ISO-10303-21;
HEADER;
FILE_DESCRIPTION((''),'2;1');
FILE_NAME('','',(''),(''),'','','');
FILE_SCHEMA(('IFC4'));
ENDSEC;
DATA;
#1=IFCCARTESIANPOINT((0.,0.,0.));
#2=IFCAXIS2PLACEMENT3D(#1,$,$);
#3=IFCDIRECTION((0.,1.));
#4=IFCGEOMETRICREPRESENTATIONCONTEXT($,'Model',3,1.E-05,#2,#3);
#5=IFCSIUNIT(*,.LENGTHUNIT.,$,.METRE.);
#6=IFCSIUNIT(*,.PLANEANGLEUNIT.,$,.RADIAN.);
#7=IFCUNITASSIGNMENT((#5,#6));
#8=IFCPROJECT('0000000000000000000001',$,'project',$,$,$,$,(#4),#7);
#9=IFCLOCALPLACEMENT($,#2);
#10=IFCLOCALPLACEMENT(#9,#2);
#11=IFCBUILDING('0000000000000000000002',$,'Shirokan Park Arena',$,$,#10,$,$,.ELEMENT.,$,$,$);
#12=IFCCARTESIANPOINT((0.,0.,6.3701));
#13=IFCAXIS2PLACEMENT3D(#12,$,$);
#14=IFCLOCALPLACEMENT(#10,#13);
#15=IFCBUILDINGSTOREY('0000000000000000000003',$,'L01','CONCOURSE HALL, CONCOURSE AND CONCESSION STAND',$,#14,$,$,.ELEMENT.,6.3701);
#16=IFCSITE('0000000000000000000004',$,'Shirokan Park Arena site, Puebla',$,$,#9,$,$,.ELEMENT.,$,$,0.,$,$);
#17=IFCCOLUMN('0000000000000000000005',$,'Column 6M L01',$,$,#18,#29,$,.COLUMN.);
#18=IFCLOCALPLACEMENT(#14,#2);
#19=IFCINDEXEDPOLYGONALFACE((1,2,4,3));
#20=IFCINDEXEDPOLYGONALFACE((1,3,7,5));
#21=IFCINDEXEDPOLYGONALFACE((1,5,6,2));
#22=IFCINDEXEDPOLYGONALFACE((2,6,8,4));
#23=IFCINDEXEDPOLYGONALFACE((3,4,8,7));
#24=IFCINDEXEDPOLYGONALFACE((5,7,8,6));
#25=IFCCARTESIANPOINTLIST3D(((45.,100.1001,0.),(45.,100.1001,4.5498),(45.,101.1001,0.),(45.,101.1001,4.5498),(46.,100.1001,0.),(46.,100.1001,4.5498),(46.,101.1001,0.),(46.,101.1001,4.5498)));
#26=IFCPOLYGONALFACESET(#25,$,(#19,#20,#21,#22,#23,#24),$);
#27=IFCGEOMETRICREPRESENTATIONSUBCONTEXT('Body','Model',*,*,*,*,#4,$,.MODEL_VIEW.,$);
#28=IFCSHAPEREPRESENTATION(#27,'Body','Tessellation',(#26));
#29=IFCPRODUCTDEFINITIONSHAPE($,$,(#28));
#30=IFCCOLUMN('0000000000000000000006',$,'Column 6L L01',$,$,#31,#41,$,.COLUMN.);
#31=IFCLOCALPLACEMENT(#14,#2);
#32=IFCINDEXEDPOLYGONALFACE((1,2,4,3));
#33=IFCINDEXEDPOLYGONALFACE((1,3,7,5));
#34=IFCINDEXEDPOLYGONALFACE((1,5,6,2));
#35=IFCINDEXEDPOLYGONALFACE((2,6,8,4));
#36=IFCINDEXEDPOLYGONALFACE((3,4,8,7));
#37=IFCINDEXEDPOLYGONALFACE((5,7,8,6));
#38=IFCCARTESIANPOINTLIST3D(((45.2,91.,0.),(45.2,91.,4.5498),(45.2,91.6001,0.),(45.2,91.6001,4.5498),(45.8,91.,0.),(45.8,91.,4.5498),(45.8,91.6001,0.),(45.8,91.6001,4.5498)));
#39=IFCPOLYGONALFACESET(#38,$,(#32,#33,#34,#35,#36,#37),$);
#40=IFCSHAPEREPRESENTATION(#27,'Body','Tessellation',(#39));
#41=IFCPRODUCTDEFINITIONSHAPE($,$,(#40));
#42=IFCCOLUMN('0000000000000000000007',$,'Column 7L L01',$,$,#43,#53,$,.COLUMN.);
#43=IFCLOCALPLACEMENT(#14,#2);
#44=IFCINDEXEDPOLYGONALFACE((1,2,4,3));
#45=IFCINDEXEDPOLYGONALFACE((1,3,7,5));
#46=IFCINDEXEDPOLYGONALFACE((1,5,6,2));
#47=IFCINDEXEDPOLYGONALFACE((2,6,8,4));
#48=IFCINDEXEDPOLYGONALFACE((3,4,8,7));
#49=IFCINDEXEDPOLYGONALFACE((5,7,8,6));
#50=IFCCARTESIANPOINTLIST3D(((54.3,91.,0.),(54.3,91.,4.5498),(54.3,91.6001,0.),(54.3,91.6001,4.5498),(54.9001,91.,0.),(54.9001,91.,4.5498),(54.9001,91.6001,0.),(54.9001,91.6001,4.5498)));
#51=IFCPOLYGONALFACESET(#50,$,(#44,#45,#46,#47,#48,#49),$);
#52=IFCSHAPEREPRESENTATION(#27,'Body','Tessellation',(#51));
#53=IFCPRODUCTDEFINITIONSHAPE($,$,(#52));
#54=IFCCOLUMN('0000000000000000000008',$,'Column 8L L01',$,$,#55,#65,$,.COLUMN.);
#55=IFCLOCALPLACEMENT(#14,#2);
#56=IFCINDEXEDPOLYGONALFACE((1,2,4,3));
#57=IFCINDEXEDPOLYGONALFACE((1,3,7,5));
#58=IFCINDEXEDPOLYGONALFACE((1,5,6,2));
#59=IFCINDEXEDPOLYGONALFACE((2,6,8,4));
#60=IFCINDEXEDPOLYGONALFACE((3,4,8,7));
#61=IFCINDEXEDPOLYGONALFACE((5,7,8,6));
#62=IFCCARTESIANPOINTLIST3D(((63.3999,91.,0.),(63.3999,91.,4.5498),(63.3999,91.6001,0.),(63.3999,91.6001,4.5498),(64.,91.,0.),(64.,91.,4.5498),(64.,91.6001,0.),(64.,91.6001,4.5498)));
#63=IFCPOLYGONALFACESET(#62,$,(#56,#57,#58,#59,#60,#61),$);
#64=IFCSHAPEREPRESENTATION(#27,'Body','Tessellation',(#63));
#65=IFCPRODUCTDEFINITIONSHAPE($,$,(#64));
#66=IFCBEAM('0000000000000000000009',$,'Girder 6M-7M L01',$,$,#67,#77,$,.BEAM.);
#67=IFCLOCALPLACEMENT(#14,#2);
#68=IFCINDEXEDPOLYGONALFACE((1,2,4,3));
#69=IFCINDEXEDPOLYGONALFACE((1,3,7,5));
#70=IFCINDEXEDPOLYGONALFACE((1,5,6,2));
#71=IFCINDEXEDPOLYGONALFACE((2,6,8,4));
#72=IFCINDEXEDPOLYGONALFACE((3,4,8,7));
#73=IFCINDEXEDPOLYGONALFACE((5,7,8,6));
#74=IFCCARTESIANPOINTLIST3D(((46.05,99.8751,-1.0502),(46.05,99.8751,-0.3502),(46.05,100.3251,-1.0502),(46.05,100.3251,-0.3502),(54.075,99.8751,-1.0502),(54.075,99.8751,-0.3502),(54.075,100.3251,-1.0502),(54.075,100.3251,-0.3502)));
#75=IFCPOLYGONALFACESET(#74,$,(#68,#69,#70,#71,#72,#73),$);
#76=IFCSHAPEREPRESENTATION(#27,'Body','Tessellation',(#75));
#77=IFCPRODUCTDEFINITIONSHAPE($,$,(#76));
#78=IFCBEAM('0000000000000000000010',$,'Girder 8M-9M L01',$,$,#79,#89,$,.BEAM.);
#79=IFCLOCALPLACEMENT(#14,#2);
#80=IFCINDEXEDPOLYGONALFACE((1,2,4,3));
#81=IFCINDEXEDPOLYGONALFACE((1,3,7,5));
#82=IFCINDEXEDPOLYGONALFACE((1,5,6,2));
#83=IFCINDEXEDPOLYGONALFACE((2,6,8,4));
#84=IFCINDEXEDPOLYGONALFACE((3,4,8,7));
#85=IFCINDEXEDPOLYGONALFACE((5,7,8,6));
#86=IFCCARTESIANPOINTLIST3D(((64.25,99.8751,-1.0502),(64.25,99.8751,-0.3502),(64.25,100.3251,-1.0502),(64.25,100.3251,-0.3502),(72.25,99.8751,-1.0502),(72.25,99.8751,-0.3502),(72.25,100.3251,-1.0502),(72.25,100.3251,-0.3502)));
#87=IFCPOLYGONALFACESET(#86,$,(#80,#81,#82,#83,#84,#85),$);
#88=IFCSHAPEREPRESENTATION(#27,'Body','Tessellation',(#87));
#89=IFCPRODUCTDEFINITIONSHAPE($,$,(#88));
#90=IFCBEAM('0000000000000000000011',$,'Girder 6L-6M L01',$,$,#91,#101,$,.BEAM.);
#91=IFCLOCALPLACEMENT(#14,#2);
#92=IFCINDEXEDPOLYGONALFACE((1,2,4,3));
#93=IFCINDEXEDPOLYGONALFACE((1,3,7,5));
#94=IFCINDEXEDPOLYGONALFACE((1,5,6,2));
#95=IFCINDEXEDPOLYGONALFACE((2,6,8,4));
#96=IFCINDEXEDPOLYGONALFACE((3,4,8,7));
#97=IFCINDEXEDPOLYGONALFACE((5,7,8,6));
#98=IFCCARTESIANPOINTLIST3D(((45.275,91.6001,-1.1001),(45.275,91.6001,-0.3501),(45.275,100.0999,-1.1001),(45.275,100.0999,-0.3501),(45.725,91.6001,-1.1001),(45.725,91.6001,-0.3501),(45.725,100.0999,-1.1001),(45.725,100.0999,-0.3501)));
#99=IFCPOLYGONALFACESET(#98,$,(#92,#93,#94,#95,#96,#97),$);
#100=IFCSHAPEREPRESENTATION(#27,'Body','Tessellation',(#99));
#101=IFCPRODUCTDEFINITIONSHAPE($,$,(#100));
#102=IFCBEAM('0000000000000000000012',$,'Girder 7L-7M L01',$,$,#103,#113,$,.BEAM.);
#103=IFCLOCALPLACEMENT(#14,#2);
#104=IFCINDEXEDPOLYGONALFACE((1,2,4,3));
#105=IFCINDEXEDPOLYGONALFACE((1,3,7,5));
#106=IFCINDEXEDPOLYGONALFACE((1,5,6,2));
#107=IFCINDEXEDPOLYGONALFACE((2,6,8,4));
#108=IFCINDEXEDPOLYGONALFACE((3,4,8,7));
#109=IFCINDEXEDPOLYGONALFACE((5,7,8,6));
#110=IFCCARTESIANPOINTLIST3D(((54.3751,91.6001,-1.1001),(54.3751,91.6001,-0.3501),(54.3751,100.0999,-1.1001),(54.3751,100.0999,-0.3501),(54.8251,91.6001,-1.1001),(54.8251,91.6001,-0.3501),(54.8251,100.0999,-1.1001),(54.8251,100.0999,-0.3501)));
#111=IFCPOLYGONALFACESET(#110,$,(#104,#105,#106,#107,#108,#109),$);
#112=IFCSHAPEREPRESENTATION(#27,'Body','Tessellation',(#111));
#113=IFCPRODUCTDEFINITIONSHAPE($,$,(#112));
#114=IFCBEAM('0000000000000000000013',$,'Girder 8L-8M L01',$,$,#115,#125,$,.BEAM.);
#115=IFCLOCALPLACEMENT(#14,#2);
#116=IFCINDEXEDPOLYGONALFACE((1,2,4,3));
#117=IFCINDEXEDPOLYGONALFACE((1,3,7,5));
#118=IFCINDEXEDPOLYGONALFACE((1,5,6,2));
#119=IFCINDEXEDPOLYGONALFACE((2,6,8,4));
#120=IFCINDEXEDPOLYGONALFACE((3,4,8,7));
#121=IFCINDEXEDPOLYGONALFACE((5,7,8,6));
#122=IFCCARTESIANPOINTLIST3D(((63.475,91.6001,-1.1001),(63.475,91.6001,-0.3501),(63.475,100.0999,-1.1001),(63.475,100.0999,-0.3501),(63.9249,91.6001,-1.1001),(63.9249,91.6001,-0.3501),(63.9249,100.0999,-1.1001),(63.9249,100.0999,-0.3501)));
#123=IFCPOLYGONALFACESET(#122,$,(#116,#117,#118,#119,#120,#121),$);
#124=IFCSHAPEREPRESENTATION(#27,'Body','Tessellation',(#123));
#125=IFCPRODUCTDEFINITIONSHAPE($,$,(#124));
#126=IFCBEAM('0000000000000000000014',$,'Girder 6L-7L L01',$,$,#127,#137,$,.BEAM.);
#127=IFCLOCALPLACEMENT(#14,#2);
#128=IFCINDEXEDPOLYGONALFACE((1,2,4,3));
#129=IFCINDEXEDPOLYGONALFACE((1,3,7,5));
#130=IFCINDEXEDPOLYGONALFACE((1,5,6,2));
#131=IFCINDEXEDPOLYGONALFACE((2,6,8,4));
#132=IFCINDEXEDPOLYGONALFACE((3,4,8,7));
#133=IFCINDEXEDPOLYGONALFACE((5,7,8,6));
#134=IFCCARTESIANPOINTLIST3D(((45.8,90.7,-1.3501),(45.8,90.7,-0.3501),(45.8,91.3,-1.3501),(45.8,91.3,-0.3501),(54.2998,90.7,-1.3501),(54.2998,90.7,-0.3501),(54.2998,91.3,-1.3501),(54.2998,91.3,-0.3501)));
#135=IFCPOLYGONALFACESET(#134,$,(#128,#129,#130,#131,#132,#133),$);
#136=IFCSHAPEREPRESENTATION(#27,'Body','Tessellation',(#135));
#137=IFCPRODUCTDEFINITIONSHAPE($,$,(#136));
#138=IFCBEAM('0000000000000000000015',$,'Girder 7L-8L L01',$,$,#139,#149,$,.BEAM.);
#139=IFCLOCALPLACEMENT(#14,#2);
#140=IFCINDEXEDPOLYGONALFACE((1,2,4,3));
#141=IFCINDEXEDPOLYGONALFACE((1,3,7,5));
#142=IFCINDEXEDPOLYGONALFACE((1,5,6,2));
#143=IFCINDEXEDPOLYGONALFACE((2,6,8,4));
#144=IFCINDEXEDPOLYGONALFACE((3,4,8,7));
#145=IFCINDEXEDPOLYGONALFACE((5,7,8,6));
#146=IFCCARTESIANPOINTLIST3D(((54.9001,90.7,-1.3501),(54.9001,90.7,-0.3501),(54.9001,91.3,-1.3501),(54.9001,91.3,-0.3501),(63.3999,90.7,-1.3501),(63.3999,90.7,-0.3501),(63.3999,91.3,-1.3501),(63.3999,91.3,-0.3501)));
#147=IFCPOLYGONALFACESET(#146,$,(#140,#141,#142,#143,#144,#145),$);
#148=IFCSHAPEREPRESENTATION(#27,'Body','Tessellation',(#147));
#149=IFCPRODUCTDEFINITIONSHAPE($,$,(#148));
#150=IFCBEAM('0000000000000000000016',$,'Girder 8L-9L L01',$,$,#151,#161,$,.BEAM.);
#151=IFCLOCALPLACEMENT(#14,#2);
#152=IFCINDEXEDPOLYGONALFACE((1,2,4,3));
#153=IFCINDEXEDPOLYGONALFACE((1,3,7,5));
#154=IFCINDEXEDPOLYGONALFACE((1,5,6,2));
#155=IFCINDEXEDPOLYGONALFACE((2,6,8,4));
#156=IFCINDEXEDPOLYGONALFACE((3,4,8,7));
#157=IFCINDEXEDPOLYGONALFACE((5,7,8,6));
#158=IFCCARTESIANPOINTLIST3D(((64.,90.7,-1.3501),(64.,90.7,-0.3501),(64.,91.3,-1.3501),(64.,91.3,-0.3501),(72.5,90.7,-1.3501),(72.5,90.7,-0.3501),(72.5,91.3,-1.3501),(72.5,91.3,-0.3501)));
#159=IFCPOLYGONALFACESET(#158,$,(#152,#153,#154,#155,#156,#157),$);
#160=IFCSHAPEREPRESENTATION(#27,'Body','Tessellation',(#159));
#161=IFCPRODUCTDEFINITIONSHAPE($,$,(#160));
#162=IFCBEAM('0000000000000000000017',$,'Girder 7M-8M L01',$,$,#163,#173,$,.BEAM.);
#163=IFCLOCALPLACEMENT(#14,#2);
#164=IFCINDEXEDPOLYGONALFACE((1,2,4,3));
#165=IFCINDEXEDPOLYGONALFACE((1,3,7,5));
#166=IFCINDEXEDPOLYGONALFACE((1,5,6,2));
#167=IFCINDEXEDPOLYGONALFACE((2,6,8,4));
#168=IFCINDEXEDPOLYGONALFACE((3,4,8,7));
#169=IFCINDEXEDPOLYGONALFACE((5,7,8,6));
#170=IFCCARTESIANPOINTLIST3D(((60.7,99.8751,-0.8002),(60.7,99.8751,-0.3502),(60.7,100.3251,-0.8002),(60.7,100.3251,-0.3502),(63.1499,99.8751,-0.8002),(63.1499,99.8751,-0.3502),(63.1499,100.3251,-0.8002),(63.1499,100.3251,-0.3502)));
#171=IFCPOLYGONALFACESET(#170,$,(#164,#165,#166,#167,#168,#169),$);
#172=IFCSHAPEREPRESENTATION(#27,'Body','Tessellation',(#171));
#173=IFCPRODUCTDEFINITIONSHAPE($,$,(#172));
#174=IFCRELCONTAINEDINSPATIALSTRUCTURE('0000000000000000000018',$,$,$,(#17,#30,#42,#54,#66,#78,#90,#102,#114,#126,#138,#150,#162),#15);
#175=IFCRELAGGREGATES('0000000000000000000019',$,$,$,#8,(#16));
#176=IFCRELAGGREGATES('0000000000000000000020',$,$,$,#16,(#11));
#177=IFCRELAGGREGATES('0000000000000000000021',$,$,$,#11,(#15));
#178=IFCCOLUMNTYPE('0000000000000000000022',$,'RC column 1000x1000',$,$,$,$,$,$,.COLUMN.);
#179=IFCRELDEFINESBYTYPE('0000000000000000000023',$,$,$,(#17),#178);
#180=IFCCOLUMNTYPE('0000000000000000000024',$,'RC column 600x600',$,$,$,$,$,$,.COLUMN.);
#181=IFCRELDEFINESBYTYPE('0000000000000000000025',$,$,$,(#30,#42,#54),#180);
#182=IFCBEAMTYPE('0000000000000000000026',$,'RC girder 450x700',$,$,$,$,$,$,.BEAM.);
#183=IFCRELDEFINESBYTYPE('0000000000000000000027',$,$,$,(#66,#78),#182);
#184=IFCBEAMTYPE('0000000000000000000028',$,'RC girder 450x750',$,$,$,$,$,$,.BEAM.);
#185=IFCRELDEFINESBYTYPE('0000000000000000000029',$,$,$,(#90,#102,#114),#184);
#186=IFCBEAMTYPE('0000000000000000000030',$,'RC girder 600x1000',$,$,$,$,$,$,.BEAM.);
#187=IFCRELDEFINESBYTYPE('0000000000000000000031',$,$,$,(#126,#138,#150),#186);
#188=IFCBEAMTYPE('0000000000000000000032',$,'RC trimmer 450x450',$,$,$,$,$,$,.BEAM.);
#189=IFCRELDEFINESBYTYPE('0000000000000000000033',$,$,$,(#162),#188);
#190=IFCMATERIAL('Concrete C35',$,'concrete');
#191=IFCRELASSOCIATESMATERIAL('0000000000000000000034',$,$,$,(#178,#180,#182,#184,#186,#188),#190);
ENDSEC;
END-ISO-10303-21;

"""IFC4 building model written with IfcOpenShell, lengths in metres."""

from ifc_helpers import new_model, si_unit, direction, frame, origin, origin_2d, place, context, subcontext, project, spatial, rectangle, extrude, material, material_profile, profile_set, type_object, element, save


model = new_model("IFC4")

# Units and contexts
model_context = context("Model", 3, precision=1e-05, world=origin(), true_north=direction((0.0, 1.0)))
body_context = subcontext(model_context, "Body", "Model", "MODEL_VIEW")
ifc_project = project(units=[si_unit("LENGTHUNIT", "METRE"), si_unit("PLANEANGLEUNIT", "RADIAN")], contexts=[model_context])

# Site, building, storey
site_placement = place(None, origin())
site = spatial("IfcSite", under=ifc_project, at=site_placement, Name="Shirokan Park Arena site, Puebla", CompositionType="ELEMENT", RefElevation=0.0)
building_placement = place(site_placement, origin())
building = spatial("IfcBuilding", under=site, at=building_placement, Name="Shirokan Park Arena", CompositionType="ELEMENT")
storey_placement = place(building_placement, frame((0.0, 0.0, 6.3701)))
storey = spatial("IfcBuildingStorey", under=building, at=storey_placement, Name="L01", Description="CONCOURSE HALL, CONCOURSE AND CONCESSION STAND", CompositionType="ELEMENT", Elevation=6.3701)

# Columns
ifc_material_1 = material(Name="Concrete C35", Category="concrete")
ifc_material_profile_1 = material_profile(ifc_material_1, rectangle(XDim=1.0, YDim=1.0, at=origin_2d()), Name="1000x1000")
ifc_profile_set_1 = profile_set([ifc_material_profile_1], Name="Concrete C35")
column_type_1 = type_object("IfcColumnType", Name="RC column 1000x1000", PredefinedType="COLUMN", material=ifc_profile_set_1)
column_placement = place(storey_placement, frame((45.5, 100.6001, 0.0), z_axis=(0.0, 0.0, 1.0), x_axis=(1.0, 0.0, 0.0)))
element("IfcColumn", 1, at=column_placement, inside=storey, type_object=column_type_1, Name="Column 6M L01", PredefinedType="COLUMN", context=body_context, shape_type="SweptSolid", body=[
    extrude(rectangle(XDim=1.0, YDim=1.0, at=origin_2d()), origin(), (0.0, 0.0, 1.0), 4.5498),
])
ifc_material_profile_2 = material_profile(ifc_material_1, rectangle(XDim=0.6001, YDim=0.6001, at=origin_2d()), Name="600x600")
ifc_profile_set_2 = profile_set([ifc_material_profile_2], Name="Concrete C35")
column_type_2 = type_object("IfcColumnType", Name="RC column 600x600", PredefinedType="COLUMN", material=ifc_profile_set_2)
for number, where, z_axis, x_axis, name in (
    (2, (45.5, 91.3, 0.0), (0.0, 0.0, 1.0), (1.0, 0.0, 0.0), "Column 6L L01"),
    (3, (54.6001, 91.3, 0.0), (0.0, 0.0, 1.0), (1.0, 0.0, 0.0), "Column 7L L01"),
    (4, (63.7, 91.3, 0.0), (0.0, 0.0, 1.0), (1.0, 0.0, 0.0), "Column 8L L01"),
):
    element("IfcColumn", number, at=place(storey_placement, frame(where, z_axis=z_axis, x_axis=x_axis)), inside=storey, type_object=column_type_2, Name=name, PredefinedType="COLUMN", context=body_context, shape_type="SweptSolid", body=[
        extrude(rectangle(XDim=0.6001, YDim=0.6001, at=origin_2d()), origin(), (0.0, 0.0, 1.0), 4.5498),
    ])

# Beams
ifc_material_profile_3 = material_profile(ifc_material_1, rectangle(XDim=0.45, YDim=0.7, at=origin_2d()), Name="450x700")
ifc_profile_set_3 = profile_set([ifc_material_profile_3], Name="Concrete C35")
beam_type_1 = type_object("IfcBeamType", Name="RC girder 450x700", PredefinedType="BEAM", material=ifc_profile_set_3)
beam_1_placement = place(storey_placement, frame((46.05, 100.1001, -0.7002), z_axis=(1.0, 0.0, 0.0), x_axis=(0.0, 1.0, 0.0)))
element("IfcBeam", 5, at=beam_1_placement, inside=storey, type_object=beam_type_1, Name="Girder 6M-7M L01", PredefinedType="BEAM", context=body_context, shape_type="SweptSolid", body=[
    extrude(rectangle(XDim=0.45, YDim=0.7, at=origin_2d()), origin(), (0.0, 0.0, 1.0), 8.0249),
])
beam_2_placement = place(storey_placement, frame((64.25, 100.1001, -0.7002), z_axis=(1.0, 0.0, 0.0), x_axis=(0.0, 1.0, 0.0)))
element("IfcBeam", 6, at=beam_2_placement, inside=storey, type_object=beam_type_1, Name="Girder 8M-9M L01", PredefinedType="BEAM", context=body_context, shape_type="SweptSolid", body=[
    extrude(rectangle(XDim=0.45, YDim=0.7, at=origin_2d()), origin(), (0.0, 0.0, 1.0), 8.0),
])
ifc_material_profile_4 = material_profile(ifc_material_1, rectangle(XDim=0.45, YDim=0.75, at=origin_2d()), Name="450x750")
ifc_profile_set_4 = profile_set([ifc_material_profile_4], Name="Concrete C35")
beam_type_2 = type_object("IfcBeamType", Name="RC girder 450x750", PredefinedType="BEAM", material=ifc_profile_set_4)
for number, where, z_axis, x_axis, name in (
    (7, (45.5, 91.6001, -0.7251), (0.0, 1.0, 0.0), (-1.0, 0.0, 0.0), "Girder 6L-6M L01"),
    (8, (54.6001, 91.6001, -0.7251), (0.0, 1.0, 0.0), (-1.0, 0.0, 0.0), "Girder 7L-7M L01"),
    (9, (63.7, 91.6001, -0.7251), (0.0, 1.0, 0.0), (-1.0, 0.0, 0.0), "Girder 8L-8M L01"),
):
    element("IfcBeam", number, at=place(storey_placement, frame(where, z_axis=z_axis, x_axis=x_axis)), inside=storey, type_object=beam_type_2, Name=name, PredefinedType="BEAM", context=body_context, shape_type="SweptSolid", body=[
        extrude(rectangle(XDim=0.45, YDim=0.75, at=origin_2d()), origin(), (0.0, 0.0, 1.0), 8.4998),
    ])
ifc_material_profile_5 = material_profile(ifc_material_1, rectangle(XDim=0.6001, YDim=1.0, at=origin_2d()), Name="600x1000")
ifc_profile_set_5 = profile_set([ifc_material_profile_5], Name="Concrete C35")
beam_type_3 = type_object("IfcBeamType", Name="RC girder 600x1000", PredefinedType="BEAM", material=ifc_profile_set_5)
for number, where, z_axis, x_axis, name in (
    (10, (45.8, 91.0, -0.8501), (1.0, 0.0, 0.0), (0.0, 1.0, 0.0), "Girder 6L-7L L01"),
    (11, (54.9001, 91.0, -0.8501), (1.0, 0.0, 0.0), (0.0, 1.0, 0.0), "Girder 7L-8L L01"),
):
    element("IfcBeam", number, at=place(storey_placement, frame(where, z_axis=z_axis, x_axis=x_axis)), inside=storey, type_object=beam_type_3, Name=name, PredefinedType="BEAM", context=body_context, shape_type="SweptSolid", body=[
        extrude(rectangle(XDim=0.6001, YDim=1.0, at=origin_2d()), origin(), (0.0, 0.0, 1.0), 8.4998),
    ])
beam_3_placement = place(storey_placement, frame((64.0, 91.0, -0.8501), z_axis=(1.0, 0.0, 0.0), x_axis=(0.0, 1.0, 0.0)))
element("IfcBeam", 12, at=beam_3_placement, inside=storey, type_object=beam_type_3, Name="Girder 8L-9L L01", PredefinedType="BEAM", context=body_context, shape_type="SweptSolid", body=[
    extrude(rectangle(XDim=0.6001, YDim=1.0, at=origin_2d()), origin(), (0.0, 0.0, 1.0), 8.5),
])
ifc_material_profile_6 = material_profile(ifc_material_1, rectangle(XDim=0.45, YDim=0.45, at=origin_2d()), Name="450x450")
ifc_profile_set_6 = profile_set([ifc_material_profile_6], Name="Concrete C35")
beam_type_4 = type_object("IfcBeamType", Name="RC trimmer 450x450", PredefinedType="BEAM", material=ifc_profile_set_6)
beam_4_placement = place(storey_placement, frame((60.7, 100.1001, -0.5752), z_axis=(1.0, 0.0, 0.0), x_axis=(0.0, 1.0, 0.0)))
element("IfcBeam", 13, at=beam_4_placement, inside=storey, type_object=beam_type_4, Name="Girder 7M-8M L01", PredefinedType="BEAM", context=body_context, shape_type="SweptSolid", body=[
    extrude(rectangle(XDim=0.45, YDim=0.45, at=origin_2d()), origin(), (0.0, 0.0, 1.0), 2.45),
])

save(model, "model.ifc")
